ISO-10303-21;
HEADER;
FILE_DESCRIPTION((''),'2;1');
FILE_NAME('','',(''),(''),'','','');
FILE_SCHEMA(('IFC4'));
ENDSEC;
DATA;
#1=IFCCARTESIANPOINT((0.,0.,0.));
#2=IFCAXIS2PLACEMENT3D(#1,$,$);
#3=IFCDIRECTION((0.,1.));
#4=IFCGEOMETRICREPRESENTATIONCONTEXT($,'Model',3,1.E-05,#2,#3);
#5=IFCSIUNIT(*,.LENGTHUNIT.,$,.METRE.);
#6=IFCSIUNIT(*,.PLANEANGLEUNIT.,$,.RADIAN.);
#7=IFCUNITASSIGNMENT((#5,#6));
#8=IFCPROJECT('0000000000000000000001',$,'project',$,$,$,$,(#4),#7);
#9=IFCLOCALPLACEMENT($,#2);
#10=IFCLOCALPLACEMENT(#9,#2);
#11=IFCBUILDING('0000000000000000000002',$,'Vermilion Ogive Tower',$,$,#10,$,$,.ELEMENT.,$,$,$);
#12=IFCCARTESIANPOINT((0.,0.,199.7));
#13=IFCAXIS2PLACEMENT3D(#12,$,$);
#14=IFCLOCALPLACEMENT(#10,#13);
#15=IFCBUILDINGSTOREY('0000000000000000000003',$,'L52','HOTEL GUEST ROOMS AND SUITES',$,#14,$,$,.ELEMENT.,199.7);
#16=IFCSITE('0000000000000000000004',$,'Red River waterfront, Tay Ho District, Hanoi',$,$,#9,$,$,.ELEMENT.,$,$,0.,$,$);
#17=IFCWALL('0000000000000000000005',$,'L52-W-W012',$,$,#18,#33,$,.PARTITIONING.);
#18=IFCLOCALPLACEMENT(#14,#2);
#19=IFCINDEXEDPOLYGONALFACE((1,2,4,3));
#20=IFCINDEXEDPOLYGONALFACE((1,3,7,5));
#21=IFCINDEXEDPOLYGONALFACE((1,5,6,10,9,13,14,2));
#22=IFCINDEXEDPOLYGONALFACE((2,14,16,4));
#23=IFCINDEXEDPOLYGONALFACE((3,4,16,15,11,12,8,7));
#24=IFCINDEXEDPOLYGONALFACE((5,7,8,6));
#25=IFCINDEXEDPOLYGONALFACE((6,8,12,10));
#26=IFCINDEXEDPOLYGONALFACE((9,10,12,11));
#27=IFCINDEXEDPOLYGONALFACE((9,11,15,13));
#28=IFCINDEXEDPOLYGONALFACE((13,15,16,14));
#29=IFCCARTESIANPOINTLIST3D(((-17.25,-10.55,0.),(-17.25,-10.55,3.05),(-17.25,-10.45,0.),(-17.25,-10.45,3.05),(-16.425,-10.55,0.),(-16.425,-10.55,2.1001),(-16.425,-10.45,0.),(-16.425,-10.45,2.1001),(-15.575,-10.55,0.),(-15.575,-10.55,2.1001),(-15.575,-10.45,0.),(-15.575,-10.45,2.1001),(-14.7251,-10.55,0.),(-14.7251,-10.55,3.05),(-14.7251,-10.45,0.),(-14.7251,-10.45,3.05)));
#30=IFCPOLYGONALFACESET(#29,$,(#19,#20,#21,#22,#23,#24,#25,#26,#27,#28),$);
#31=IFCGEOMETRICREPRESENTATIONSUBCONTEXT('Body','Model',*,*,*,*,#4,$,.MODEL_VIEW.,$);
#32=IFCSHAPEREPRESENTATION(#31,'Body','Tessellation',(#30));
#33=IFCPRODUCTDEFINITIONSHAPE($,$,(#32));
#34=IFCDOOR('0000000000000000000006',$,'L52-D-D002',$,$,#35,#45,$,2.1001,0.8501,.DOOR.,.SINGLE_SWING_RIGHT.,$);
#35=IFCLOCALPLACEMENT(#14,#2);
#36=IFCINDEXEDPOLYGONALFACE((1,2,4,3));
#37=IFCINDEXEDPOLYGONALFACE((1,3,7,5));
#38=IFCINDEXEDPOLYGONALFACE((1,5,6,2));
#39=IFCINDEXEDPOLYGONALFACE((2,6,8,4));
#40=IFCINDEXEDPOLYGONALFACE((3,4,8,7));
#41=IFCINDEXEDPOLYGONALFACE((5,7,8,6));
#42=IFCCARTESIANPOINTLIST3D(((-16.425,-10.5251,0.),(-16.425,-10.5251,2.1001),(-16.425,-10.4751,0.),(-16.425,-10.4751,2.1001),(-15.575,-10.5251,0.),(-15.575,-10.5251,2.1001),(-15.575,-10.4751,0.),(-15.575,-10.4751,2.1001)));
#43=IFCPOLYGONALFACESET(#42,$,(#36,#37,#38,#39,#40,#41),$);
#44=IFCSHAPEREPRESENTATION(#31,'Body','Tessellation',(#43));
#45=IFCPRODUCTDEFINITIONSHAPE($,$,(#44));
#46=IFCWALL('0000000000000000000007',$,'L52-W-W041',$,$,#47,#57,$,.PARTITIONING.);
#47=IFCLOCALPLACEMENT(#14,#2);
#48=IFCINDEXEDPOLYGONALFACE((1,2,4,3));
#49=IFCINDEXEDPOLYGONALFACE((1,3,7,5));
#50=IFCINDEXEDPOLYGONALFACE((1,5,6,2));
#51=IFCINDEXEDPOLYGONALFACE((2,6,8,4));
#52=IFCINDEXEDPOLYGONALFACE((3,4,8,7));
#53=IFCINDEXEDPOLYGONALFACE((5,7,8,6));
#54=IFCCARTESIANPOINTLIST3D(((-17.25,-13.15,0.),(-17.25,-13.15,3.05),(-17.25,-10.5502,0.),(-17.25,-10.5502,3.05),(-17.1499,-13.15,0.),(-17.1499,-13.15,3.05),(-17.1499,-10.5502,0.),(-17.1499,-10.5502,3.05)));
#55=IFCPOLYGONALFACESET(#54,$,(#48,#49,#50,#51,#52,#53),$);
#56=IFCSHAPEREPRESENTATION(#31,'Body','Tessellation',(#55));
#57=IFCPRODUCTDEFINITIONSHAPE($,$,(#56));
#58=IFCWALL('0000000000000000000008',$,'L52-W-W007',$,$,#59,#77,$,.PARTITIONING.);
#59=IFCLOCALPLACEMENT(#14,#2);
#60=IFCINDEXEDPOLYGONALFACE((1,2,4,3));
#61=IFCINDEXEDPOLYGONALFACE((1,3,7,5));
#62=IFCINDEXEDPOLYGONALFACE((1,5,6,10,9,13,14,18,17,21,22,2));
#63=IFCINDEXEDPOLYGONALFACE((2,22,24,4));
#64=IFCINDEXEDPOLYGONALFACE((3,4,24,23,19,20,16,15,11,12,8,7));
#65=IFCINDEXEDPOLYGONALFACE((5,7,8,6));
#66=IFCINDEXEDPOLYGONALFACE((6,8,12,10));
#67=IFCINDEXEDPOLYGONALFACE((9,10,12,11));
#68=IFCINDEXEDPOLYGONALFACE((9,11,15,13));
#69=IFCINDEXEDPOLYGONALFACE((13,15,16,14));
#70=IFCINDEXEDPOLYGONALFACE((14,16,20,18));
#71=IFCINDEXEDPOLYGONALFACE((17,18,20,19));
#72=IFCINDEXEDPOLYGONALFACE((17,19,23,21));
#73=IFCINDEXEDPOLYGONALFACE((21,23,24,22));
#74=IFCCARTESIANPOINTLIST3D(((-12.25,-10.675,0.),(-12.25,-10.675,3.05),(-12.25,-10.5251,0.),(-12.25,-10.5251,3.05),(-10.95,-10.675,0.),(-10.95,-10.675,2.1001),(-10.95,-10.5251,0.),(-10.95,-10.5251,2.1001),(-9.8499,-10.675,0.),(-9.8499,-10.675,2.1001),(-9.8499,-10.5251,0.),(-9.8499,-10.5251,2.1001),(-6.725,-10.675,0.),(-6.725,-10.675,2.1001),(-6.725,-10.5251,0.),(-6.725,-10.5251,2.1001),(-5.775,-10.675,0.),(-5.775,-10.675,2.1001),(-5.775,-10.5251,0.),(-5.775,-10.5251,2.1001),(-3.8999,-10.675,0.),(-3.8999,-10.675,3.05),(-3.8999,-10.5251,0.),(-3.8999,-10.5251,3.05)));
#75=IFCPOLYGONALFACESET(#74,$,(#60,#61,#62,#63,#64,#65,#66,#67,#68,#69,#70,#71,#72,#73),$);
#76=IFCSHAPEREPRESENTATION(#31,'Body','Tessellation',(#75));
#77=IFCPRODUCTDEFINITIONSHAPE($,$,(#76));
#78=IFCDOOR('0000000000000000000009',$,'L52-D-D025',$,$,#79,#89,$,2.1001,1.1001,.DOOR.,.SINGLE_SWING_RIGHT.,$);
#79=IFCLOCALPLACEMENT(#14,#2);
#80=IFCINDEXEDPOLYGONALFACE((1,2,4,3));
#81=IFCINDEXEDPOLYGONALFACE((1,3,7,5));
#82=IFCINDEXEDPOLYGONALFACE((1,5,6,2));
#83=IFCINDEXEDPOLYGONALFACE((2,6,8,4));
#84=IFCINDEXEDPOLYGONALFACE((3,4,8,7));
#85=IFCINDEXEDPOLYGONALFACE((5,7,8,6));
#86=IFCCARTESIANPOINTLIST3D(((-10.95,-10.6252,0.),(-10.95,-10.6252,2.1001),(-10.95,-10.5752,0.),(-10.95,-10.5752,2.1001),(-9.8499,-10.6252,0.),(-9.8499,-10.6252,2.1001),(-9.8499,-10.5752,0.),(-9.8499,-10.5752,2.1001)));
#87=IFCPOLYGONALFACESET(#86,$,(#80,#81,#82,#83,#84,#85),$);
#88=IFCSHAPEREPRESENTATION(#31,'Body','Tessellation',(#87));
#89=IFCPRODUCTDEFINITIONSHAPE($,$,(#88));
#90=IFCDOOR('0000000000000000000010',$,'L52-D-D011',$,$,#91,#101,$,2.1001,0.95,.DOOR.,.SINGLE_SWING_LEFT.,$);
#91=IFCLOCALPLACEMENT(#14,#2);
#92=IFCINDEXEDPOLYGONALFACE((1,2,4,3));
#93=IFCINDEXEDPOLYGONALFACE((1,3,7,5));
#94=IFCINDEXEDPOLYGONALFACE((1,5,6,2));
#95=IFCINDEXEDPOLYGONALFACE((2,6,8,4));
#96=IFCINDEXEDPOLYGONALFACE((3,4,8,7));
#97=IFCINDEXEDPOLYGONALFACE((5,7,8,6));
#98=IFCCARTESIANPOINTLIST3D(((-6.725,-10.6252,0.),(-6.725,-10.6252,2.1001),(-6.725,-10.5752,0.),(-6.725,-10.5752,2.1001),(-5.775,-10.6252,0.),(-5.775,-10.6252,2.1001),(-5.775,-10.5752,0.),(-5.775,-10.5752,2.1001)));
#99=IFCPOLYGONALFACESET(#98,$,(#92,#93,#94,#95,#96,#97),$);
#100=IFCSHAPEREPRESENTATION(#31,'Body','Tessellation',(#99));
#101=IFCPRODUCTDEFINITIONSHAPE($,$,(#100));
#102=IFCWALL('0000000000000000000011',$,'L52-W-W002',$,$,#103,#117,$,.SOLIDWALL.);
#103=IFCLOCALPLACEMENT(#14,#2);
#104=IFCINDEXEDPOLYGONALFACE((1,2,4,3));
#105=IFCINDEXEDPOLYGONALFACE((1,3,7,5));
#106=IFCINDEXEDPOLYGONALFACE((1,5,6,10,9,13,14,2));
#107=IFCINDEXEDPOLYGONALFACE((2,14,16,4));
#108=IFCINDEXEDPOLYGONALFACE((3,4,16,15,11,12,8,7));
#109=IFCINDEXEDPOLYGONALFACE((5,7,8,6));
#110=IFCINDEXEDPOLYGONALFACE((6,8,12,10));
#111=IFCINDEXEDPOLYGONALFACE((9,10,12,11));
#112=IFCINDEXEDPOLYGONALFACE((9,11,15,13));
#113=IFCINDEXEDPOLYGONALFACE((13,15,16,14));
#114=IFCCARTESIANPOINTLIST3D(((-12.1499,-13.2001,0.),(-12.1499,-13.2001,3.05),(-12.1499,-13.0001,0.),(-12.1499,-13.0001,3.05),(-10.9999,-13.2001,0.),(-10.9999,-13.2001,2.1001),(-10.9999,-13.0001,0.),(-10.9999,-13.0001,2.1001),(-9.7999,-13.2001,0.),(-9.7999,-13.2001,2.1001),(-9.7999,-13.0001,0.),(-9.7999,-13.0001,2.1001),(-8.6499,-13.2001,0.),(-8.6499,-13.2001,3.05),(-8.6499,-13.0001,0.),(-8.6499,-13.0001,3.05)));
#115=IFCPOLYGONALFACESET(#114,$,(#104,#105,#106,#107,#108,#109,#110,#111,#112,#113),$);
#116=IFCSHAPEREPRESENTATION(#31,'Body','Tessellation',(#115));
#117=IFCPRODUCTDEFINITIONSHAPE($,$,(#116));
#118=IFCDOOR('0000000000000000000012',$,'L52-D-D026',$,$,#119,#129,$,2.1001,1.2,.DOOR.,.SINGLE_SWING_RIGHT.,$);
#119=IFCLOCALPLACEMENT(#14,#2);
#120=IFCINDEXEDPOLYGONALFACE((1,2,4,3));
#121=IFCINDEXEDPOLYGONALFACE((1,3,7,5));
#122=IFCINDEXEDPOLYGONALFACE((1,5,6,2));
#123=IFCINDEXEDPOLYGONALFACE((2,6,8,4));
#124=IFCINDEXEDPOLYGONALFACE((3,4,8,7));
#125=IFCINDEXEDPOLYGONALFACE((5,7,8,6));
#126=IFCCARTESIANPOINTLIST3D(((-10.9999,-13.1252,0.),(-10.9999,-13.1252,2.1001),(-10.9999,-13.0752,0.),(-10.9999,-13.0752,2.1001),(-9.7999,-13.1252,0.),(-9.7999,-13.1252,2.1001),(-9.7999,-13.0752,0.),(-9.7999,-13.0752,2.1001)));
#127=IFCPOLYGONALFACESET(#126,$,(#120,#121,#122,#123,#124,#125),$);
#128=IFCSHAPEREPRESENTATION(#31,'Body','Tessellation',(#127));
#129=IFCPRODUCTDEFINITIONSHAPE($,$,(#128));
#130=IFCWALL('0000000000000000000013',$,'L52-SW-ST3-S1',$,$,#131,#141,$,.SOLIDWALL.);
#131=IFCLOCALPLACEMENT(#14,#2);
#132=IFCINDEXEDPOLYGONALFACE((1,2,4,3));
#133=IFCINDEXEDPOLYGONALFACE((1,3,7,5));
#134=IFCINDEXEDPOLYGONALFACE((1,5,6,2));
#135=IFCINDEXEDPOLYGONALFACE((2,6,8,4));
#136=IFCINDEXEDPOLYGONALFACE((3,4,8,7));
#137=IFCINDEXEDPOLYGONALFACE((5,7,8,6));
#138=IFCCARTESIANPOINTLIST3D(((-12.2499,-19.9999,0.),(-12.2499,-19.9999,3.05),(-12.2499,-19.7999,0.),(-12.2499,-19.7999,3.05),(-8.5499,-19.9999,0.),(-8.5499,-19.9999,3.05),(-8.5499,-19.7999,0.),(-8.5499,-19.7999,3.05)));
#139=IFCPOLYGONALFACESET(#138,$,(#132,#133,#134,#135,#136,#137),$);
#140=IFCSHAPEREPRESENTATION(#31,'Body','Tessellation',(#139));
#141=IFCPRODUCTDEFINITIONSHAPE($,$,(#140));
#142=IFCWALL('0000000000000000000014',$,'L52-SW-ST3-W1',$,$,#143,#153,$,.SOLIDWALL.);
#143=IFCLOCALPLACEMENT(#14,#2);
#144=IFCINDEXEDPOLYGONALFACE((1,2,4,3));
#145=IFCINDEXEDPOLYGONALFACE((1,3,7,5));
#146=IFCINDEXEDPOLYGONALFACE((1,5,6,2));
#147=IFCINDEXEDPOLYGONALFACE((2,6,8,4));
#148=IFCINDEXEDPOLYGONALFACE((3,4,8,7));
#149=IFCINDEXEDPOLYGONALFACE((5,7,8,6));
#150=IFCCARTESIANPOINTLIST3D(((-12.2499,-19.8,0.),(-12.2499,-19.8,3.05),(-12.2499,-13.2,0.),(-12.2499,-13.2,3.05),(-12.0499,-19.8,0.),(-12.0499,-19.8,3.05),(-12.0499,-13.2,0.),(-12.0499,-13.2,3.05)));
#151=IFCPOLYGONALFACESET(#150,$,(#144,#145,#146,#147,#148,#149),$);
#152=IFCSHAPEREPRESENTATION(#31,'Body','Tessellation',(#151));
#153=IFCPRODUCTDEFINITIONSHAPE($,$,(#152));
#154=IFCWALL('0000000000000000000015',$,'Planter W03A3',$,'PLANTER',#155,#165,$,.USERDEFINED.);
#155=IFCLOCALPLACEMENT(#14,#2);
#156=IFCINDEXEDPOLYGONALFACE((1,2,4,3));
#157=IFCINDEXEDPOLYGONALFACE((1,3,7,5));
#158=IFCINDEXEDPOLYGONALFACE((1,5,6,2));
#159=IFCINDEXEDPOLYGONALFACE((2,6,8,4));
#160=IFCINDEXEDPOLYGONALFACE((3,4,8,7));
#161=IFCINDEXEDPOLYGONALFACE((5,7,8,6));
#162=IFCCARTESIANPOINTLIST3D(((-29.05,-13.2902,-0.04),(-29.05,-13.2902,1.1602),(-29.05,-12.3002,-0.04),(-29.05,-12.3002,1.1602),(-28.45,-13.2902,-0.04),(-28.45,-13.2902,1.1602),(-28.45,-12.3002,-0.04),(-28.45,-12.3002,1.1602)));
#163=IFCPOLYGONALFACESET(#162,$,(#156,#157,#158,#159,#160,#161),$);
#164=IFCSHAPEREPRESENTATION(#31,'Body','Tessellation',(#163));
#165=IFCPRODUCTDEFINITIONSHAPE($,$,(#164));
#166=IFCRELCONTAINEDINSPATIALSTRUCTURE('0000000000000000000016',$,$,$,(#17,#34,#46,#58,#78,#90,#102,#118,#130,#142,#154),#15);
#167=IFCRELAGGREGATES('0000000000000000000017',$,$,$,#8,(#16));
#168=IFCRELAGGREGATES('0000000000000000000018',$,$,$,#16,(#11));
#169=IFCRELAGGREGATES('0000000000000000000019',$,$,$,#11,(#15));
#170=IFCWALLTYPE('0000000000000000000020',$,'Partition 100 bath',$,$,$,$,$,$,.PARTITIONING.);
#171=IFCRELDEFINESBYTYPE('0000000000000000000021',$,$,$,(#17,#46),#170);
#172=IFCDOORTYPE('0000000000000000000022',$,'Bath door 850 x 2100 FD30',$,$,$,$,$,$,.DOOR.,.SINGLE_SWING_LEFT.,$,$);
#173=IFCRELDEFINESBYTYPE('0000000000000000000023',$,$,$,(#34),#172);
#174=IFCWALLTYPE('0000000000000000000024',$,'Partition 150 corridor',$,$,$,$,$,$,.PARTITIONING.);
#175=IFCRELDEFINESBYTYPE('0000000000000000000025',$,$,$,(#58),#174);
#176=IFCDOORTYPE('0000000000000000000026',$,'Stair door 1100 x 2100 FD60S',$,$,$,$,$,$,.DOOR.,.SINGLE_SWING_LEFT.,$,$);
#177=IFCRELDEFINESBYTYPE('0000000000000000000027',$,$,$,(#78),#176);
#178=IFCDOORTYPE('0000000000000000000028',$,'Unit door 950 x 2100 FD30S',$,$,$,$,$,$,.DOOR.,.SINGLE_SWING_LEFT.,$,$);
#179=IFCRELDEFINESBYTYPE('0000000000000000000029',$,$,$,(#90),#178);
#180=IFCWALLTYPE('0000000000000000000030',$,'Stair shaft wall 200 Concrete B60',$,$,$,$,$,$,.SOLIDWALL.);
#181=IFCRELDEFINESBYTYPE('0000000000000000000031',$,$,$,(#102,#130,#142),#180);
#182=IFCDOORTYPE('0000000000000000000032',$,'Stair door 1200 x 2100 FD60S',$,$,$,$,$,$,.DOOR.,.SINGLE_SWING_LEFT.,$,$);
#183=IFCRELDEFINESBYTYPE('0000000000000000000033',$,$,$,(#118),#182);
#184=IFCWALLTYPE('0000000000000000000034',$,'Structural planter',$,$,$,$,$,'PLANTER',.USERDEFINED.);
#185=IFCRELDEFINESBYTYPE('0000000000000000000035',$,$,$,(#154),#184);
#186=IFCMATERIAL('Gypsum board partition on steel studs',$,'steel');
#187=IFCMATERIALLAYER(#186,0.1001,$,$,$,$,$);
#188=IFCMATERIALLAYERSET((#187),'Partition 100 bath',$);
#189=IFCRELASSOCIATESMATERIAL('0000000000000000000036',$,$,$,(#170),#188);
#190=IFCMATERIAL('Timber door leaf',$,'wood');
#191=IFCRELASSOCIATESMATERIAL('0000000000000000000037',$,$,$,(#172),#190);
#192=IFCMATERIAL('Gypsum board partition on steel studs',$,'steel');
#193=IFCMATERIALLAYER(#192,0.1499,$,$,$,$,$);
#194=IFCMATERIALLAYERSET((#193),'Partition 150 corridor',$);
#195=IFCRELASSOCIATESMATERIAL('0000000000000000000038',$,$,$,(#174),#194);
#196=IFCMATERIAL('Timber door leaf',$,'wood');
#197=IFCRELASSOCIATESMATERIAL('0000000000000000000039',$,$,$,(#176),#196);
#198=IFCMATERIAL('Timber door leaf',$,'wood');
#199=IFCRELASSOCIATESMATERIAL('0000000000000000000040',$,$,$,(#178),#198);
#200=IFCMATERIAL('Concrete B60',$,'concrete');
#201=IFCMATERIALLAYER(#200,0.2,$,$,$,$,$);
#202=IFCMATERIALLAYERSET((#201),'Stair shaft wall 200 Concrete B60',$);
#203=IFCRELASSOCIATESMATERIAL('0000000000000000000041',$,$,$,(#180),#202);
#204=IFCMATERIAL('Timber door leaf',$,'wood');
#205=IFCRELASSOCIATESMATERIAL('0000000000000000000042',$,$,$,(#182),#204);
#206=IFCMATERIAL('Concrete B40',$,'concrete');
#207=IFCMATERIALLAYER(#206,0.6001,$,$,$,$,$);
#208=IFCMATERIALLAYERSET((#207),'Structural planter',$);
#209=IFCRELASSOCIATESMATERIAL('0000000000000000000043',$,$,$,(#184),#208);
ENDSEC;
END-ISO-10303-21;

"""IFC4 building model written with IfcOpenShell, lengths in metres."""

from ifc_helpers import new_model, si_unit, direction, frame, frame_2d, origin, place, context, subcontext, project, spatial, rectangle, extrude, material, layer, layer_set, type_object, element, fill, save


model = new_model("IFC4")

# Units and contexts
model_context = context("Model", 3, precision=1e-05, world=origin(), true_north=direction((0.0, 1.0)))
body_context = subcontext(model_context, "Body", "Model", "MODEL_VIEW")
ifc_project = project(units=[si_unit("LENGTHUNIT", "METRE"), si_unit("PLANEANGLEUNIT", "RADIAN")], contexts=[model_context])

# Site, building, storey
site_placement = place(None, origin())
site = spatial("IfcSite", under=ifc_project, at=site_placement, Name="Red River waterfront, Tay Ho District, Hanoi", CompositionType="ELEMENT", RefElevation=0.0)
building_placement = place(site_placement, origin())
building = spatial("IfcBuilding", under=site, at=building_placement, Name="Vermilion Ogive Tower", CompositionType="ELEMENT")
storey_placement = place(building_placement, frame((0.0, 0.0, 199.7)))
storey = spatial("IfcBuildingStorey", under=building, at=storey_placement, Name="L52", Description="HOTEL GUEST ROOMS AND SUITES", CompositionType="ELEMENT", Elevation=199.7)

# Wall, opening, door
ifc_material_1 = material(Name="Gypsum board partition on steel studs", Category="steel")
ifc_layer_1 = layer(ifc_material_1, 0.1001)
ifc_layer_set_1 = layer_set([ifc_layer_1], Name="Partition 100 bath")
wall_type_1 = type_object("IfcWallType", Name="Partition 100 bath", PredefinedType="PARTITIONING", material=ifc_layer_set_1)
wall_1_placement = place(storey_placement, frame((-17.25, -10.5, 0.0), z_axis=(0.0, 0.0, 1.0), x_axis=(1.0, 0.0, 0.0)))
wall_1 = element("IfcWall", 1, at=wall_1_placement, inside=storey, type_object=wall_type_1, Name="L52-W-W012", PredefinedType="PARTITIONING", context=body_context, shape_type="SweptSolid", body=[
    extrude(rectangle(XDim=2.5249, YDim=0.1001, at=frame_2d((1.2625, 0.0))), origin(), (0.0, 0.0, 1.0), 3.05),
])
opening_1_placement = place(wall_1_placement, frame((0.825, 0.0, 0.0)))
opening_1 = element("IfcOpeningElement", 2, at=opening_1_placement, cuts=wall_1, PredefinedType="OPENING", context=body_context, shape_type="SweptSolid", body=[
    extrude(rectangle(XDim=0.8501, YDim=2.1001, at=frame_2d((0.425, 1.05))), frame((0.0, 0.0601, 0.0), z_axis=(0.0, -1.0, 0.0), x_axis=(1.0, 0.0, 0.0)), (0.0, 0.0, 1.0), 0.1201),
])
ifc_material_2 = material(Name="Timber door leaf", Category="wood")
door_type_1 = type_object("IfcDoorType", Name="Bath door 850 x 2100 FD30", OperationType="SINGLE_SWING_LEFT", PredefinedType="DOOR", material=ifc_material_2)
door_1_placement = place(opening_1_placement, origin())
door_1 = element("IfcDoor", 3, at=door_1_placement, inside=storey, type_object=door_type_1, Name="L52-D-D002", OperationType="SINGLE_SWING_RIGHT", OverallHeight=2.1001, OverallWidth=0.8501, PredefinedType="DOOR", context=body_context, shape_type="SweptSolid", body=[
    extrude(rectangle(XDim=0.8501, YDim=2.1001, at=frame_2d((0.425, 1.05))), frame((0.0, 0.0249, 0.0), z_axis=(0.0, -1.0, 0.0), x_axis=(1.0, 0.0, 0.0)), (0.0, 0.0, 1.0), 0.05),
])
fill(opening_1, door_1)

# Wall
wall_2_placement = place(storey_placement, frame((-17.2, -13.1499, 0.0), z_axis=(0.0, 0.0, 1.0), x_axis=(0.0, 1.0, 0.0)))
element("IfcWall", 4, at=wall_2_placement, inside=storey, type_object=wall_type_1, Name="L52-W-W041", PredefinedType="PARTITIONING", context=body_context, shape_type="SweptSolid", body=[
    extrude(rectangle(XDim=2.5999, YDim=0.1001, at=frame_2d((1.2998, 0.0))), origin(), (0.0, 0.0, 1.0), 3.05),
])

# Wall, openings, doors
ifc_material_3 = material(Name="Gypsum board partition on steel studs", Category="steel")
ifc_layer_2 = layer(ifc_material_3, 0.1499)
ifc_layer_set_2 = layer_set([ifc_layer_2], Name="Partition 150 corridor")
wall_type_2 = type_object("IfcWallType", Name="Partition 150 corridor", PredefinedType="PARTITIONING", material=ifc_layer_set_2)
wall_3_placement = place(storey_placement, frame((-12.25, -10.6001, 0.0), z_axis=(0.0, 0.0, 1.0), x_axis=(1.0, 0.0, 0.0)))
wall_3 = element("IfcWall", 5, at=wall_3_placement, inside=storey, type_object=wall_type_2, Name="L52-W-W007", PredefinedType="PARTITIONING", context=body_context, shape_type="SweptSolid", body=[
    extrude(rectangle(XDim=8.3501, YDim=0.1499, at=frame_2d((4.175, 0.0))), origin(), (0.0, 0.0, 1.0), 3.05),
])
opening_2_placement = place(wall_3_placement, frame((5.5249, 0.0, 0.0)))
opening_2 = element("IfcOpeningElement", 6, at=opening_2_placement, cuts=wall_3, PredefinedType="OPENING", context=body_context, shape_type="SweptSolid", body=[
    extrude(rectangle(XDim=0.95, YDim=2.1001, at=frame_2d((0.4751, 1.05))), frame((0.0, 0.085, 0.0), z_axis=(0.0, -1.0, 0.0), x_axis=(1.0, 0.0, 0.0)), (0.0, 0.0, 1.0), 0.1699),
])
opening_3_placement = place(wall_3_placement, frame((1.3, 0.0, 0.0)))
opening_3 = element("IfcOpeningElement", 7, at=opening_3_placement, cuts=wall_3, PredefinedType="OPENING", context=body_context, shape_type="SweptSolid", body=[
    extrude(rectangle(XDim=1.1001, YDim=2.1001, at=frame_2d((0.55, 1.05))), frame((0.0, 0.085, 0.0), z_axis=(0.0, -1.0, 0.0), x_axis=(1.0, 0.0, 0.0)), (0.0, 0.0, 1.0), 0.1699),
])
ifc_material_4 = material(Name="Timber door leaf", Category="wood")
door_type_2 = type_object("IfcDoorType", Name="Stair door 1100 x 2100 FD60S", OperationType="SINGLE_SWING_LEFT", PredefinedType="DOOR", material=ifc_material_4)
door_2_placement = place(opening_3_placement, origin())
door_2 = element("IfcDoor", 8, at=door_2_placement, inside=storey, type_object=door_type_2, Name="L52-D-D025", OperationType="SINGLE_SWING_RIGHT", OverallHeight=2.1001, OverallWidth=1.1001, PredefinedType="DOOR", context=body_context, shape_type="SweptSolid", body=[
    extrude(rectangle(XDim=1.1001, YDim=2.1001, at=frame_2d((0.55, 1.05))), frame((0.0, 0.0249, 0.0), z_axis=(0.0, -1.0, 0.0), x_axis=(1.0, 0.0, 0.0)), (0.0, 0.0, 1.0), 0.05),
])
fill(opening_3, door_2)
ifc_material_5 = material(Name="Timber door leaf", Category="wood")
door_type_3 = type_object("IfcDoorType", Name="Unit door 950 x 2100 FD30S", OperationType="SINGLE_SWING_LEFT", PredefinedType="DOOR", material=ifc_material_5)
door_3_placement = place(opening_2_placement, origin())
door_3 = element("IfcDoor", 9, at=door_3_placement, inside=storey, type_object=door_type_3, Name="L52-D-D011", OperationType="SINGLE_SWING_LEFT", OverallHeight=2.1001, OverallWidth=0.95, PredefinedType="DOOR", context=body_context, shape_type="SweptSolid", body=[
    extrude(rectangle(XDim=0.95, YDim=2.1001, at=frame_2d((0.4751, 1.05))), frame((0.0, 0.0249, 0.0), z_axis=(0.0, -1.0, 0.0), x_axis=(1.0, 0.0, 0.0)), (0.0, 0.0, 1.0), 0.05),
])
fill(opening_2, door_3)

# Wall, opening, door
ifc_material_6 = material(Name="Concrete B60", Category="concrete")
ifc_layer_3 = layer(ifc_material_6, 0.2)
ifc_layer_set_3 = layer_set([ifc_layer_3], Name="Stair shaft wall 200 Concrete B60")
wall_type_3 = type_object("IfcWallType", Name="Stair shaft wall 200 Concrete B60", PredefinedType="SOLIDWALL", material=ifc_layer_set_3)
wall_4_placement = place(storey_placement, frame((-12.1499, -13.1001, 0.0), z_axis=(0.0, 0.0, 1.0), x_axis=(1.0, 0.0, 0.0)))
wall_4 = element("IfcWall", 10, at=wall_4_placement, inside=storey, type_object=wall_type_3, Name="L52-W-W002", PredefinedType="SOLIDWALL", context=body_context, shape_type="SweptSolid", body=[
    extrude(rectangle(XDim=3.5, YDim=0.2, at=frame_2d((1.75, 0.0))), origin(), (0.0, 0.0, 1.0), 3.05),
])
opening_4_placement = place(wall_4_placement, frame((1.1499, 0.0, 0.0)))
opening_4 = element("IfcOpeningElement", 11, at=opening_4_placement, cuts=wall_4, PredefinedType="OPENING", context=body_context, shape_type="SweptSolid", body=[
    extrude(rectangle(XDim=1.2, YDim=2.1001, at=frame_2d((0.6001, 1.05))), frame((0.0, 0.1099, 0.0), z_axis=(0.0, -1.0, 0.0), x_axis=(1.0, 0.0, 0.0)), (0.0, 0.0, 1.0), 0.22),
])
ifc_material_7 = material(Name="Timber door leaf", Category="wood")
door_type_4 = type_object("IfcDoorType", Name="Stair door 1200 x 2100 FD60S", OperationType="SINGLE_SWING_LEFT", PredefinedType="DOOR", material=ifc_material_7)
door_4_placement = place(opening_4_placement, origin())
door_4 = element("IfcDoor", 12, at=door_4_placement, inside=storey, type_object=door_type_4, Name="L52-D-D026", OperationType="SINGLE_SWING_RIGHT", OverallHeight=2.1001, OverallWidth=1.2, PredefinedType="DOOR", context=body_context, shape_type="SweptSolid", body=[
    extrude(rectangle(XDim=1.2, YDim=2.1001, at=frame_2d((0.6001, 1.05))), frame((0.0, 0.0249, 0.0), z_axis=(0.0, -1.0, 0.0), x_axis=(1.0, 0.0, 0.0)), (0.0, 0.0, 1.0), 0.05),
])
fill(opening_4, door_4)

# Walls
wall_5_placement = place(storey_placement, frame((-12.25, -19.8999, 0.0), z_axis=(0.0, 0.0, 1.0), x_axis=(1.0, 0.0, 0.0)))
element("IfcWall", 13, at=wall_5_placement, inside=storey, type_object=wall_type_3, Name="L52-SW-ST3-S1", PredefinedType="SOLIDWALL", context=body_context, shape_type="SweptSolid", body=[
    extrude(rectangle(XDim=3.7, YDim=0.2, at=frame_2d((1.8501, 0.0))), origin(), (0.0, 0.0, 1.0), 3.05),
])
wall_6_placement = place(storey_placement, frame((-12.1499, -19.8, 0.0), z_axis=(0.0, 0.0, 1.0), x_axis=(0.0, 1.0, 0.0)))
element("IfcWall", 14, at=wall_6_placement, inside=storey, type_object=wall_type_3, Name="L52-SW-ST3-W1", PredefinedType="SOLIDWALL", context=body_context, shape_type="SweptSolid", body=[
    extrude(rectangle(XDim=6.6001, YDim=0.2, at=frame_2d((3.3, 0.0))), origin(), (0.0, 0.0, 1.0), 3.05),
])
ifc_material_8 = material(Name="Concrete B40", Category="concrete")
ifc_layer_4 = layer(ifc_material_8, 0.6001)
ifc_layer_set_4 = layer_set([ifc_layer_4], Name="Structural planter")
wall_type_4 = type_object("IfcWallType", Name="Structural planter", ElementType="PLANTER", PredefinedType="USERDEFINED", material=ifc_layer_set_4)
wall_7_placement = place(storey_placement, frame((-28.75, -12.3, -0.04), z_axis=(0.0, 0.0, 1.0), x_axis=(0.0, -1.0, 0.0)))
element("IfcWall", 15, at=wall_7_placement, inside=storey, type_object=wall_type_4, Name="Planter W03A3", ObjectType="PLANTER", PredefinedType="USERDEFINED", context=body_context, shape_type="SweptSolid", body=[
    extrude(rectangle(XDim=0.99, YDim=0.6001, at=frame_2d((0.4951, 0.0))), origin(), (0.0, 0.0, 1.0), 1.2002),
])

save(model, "model.ifc")
